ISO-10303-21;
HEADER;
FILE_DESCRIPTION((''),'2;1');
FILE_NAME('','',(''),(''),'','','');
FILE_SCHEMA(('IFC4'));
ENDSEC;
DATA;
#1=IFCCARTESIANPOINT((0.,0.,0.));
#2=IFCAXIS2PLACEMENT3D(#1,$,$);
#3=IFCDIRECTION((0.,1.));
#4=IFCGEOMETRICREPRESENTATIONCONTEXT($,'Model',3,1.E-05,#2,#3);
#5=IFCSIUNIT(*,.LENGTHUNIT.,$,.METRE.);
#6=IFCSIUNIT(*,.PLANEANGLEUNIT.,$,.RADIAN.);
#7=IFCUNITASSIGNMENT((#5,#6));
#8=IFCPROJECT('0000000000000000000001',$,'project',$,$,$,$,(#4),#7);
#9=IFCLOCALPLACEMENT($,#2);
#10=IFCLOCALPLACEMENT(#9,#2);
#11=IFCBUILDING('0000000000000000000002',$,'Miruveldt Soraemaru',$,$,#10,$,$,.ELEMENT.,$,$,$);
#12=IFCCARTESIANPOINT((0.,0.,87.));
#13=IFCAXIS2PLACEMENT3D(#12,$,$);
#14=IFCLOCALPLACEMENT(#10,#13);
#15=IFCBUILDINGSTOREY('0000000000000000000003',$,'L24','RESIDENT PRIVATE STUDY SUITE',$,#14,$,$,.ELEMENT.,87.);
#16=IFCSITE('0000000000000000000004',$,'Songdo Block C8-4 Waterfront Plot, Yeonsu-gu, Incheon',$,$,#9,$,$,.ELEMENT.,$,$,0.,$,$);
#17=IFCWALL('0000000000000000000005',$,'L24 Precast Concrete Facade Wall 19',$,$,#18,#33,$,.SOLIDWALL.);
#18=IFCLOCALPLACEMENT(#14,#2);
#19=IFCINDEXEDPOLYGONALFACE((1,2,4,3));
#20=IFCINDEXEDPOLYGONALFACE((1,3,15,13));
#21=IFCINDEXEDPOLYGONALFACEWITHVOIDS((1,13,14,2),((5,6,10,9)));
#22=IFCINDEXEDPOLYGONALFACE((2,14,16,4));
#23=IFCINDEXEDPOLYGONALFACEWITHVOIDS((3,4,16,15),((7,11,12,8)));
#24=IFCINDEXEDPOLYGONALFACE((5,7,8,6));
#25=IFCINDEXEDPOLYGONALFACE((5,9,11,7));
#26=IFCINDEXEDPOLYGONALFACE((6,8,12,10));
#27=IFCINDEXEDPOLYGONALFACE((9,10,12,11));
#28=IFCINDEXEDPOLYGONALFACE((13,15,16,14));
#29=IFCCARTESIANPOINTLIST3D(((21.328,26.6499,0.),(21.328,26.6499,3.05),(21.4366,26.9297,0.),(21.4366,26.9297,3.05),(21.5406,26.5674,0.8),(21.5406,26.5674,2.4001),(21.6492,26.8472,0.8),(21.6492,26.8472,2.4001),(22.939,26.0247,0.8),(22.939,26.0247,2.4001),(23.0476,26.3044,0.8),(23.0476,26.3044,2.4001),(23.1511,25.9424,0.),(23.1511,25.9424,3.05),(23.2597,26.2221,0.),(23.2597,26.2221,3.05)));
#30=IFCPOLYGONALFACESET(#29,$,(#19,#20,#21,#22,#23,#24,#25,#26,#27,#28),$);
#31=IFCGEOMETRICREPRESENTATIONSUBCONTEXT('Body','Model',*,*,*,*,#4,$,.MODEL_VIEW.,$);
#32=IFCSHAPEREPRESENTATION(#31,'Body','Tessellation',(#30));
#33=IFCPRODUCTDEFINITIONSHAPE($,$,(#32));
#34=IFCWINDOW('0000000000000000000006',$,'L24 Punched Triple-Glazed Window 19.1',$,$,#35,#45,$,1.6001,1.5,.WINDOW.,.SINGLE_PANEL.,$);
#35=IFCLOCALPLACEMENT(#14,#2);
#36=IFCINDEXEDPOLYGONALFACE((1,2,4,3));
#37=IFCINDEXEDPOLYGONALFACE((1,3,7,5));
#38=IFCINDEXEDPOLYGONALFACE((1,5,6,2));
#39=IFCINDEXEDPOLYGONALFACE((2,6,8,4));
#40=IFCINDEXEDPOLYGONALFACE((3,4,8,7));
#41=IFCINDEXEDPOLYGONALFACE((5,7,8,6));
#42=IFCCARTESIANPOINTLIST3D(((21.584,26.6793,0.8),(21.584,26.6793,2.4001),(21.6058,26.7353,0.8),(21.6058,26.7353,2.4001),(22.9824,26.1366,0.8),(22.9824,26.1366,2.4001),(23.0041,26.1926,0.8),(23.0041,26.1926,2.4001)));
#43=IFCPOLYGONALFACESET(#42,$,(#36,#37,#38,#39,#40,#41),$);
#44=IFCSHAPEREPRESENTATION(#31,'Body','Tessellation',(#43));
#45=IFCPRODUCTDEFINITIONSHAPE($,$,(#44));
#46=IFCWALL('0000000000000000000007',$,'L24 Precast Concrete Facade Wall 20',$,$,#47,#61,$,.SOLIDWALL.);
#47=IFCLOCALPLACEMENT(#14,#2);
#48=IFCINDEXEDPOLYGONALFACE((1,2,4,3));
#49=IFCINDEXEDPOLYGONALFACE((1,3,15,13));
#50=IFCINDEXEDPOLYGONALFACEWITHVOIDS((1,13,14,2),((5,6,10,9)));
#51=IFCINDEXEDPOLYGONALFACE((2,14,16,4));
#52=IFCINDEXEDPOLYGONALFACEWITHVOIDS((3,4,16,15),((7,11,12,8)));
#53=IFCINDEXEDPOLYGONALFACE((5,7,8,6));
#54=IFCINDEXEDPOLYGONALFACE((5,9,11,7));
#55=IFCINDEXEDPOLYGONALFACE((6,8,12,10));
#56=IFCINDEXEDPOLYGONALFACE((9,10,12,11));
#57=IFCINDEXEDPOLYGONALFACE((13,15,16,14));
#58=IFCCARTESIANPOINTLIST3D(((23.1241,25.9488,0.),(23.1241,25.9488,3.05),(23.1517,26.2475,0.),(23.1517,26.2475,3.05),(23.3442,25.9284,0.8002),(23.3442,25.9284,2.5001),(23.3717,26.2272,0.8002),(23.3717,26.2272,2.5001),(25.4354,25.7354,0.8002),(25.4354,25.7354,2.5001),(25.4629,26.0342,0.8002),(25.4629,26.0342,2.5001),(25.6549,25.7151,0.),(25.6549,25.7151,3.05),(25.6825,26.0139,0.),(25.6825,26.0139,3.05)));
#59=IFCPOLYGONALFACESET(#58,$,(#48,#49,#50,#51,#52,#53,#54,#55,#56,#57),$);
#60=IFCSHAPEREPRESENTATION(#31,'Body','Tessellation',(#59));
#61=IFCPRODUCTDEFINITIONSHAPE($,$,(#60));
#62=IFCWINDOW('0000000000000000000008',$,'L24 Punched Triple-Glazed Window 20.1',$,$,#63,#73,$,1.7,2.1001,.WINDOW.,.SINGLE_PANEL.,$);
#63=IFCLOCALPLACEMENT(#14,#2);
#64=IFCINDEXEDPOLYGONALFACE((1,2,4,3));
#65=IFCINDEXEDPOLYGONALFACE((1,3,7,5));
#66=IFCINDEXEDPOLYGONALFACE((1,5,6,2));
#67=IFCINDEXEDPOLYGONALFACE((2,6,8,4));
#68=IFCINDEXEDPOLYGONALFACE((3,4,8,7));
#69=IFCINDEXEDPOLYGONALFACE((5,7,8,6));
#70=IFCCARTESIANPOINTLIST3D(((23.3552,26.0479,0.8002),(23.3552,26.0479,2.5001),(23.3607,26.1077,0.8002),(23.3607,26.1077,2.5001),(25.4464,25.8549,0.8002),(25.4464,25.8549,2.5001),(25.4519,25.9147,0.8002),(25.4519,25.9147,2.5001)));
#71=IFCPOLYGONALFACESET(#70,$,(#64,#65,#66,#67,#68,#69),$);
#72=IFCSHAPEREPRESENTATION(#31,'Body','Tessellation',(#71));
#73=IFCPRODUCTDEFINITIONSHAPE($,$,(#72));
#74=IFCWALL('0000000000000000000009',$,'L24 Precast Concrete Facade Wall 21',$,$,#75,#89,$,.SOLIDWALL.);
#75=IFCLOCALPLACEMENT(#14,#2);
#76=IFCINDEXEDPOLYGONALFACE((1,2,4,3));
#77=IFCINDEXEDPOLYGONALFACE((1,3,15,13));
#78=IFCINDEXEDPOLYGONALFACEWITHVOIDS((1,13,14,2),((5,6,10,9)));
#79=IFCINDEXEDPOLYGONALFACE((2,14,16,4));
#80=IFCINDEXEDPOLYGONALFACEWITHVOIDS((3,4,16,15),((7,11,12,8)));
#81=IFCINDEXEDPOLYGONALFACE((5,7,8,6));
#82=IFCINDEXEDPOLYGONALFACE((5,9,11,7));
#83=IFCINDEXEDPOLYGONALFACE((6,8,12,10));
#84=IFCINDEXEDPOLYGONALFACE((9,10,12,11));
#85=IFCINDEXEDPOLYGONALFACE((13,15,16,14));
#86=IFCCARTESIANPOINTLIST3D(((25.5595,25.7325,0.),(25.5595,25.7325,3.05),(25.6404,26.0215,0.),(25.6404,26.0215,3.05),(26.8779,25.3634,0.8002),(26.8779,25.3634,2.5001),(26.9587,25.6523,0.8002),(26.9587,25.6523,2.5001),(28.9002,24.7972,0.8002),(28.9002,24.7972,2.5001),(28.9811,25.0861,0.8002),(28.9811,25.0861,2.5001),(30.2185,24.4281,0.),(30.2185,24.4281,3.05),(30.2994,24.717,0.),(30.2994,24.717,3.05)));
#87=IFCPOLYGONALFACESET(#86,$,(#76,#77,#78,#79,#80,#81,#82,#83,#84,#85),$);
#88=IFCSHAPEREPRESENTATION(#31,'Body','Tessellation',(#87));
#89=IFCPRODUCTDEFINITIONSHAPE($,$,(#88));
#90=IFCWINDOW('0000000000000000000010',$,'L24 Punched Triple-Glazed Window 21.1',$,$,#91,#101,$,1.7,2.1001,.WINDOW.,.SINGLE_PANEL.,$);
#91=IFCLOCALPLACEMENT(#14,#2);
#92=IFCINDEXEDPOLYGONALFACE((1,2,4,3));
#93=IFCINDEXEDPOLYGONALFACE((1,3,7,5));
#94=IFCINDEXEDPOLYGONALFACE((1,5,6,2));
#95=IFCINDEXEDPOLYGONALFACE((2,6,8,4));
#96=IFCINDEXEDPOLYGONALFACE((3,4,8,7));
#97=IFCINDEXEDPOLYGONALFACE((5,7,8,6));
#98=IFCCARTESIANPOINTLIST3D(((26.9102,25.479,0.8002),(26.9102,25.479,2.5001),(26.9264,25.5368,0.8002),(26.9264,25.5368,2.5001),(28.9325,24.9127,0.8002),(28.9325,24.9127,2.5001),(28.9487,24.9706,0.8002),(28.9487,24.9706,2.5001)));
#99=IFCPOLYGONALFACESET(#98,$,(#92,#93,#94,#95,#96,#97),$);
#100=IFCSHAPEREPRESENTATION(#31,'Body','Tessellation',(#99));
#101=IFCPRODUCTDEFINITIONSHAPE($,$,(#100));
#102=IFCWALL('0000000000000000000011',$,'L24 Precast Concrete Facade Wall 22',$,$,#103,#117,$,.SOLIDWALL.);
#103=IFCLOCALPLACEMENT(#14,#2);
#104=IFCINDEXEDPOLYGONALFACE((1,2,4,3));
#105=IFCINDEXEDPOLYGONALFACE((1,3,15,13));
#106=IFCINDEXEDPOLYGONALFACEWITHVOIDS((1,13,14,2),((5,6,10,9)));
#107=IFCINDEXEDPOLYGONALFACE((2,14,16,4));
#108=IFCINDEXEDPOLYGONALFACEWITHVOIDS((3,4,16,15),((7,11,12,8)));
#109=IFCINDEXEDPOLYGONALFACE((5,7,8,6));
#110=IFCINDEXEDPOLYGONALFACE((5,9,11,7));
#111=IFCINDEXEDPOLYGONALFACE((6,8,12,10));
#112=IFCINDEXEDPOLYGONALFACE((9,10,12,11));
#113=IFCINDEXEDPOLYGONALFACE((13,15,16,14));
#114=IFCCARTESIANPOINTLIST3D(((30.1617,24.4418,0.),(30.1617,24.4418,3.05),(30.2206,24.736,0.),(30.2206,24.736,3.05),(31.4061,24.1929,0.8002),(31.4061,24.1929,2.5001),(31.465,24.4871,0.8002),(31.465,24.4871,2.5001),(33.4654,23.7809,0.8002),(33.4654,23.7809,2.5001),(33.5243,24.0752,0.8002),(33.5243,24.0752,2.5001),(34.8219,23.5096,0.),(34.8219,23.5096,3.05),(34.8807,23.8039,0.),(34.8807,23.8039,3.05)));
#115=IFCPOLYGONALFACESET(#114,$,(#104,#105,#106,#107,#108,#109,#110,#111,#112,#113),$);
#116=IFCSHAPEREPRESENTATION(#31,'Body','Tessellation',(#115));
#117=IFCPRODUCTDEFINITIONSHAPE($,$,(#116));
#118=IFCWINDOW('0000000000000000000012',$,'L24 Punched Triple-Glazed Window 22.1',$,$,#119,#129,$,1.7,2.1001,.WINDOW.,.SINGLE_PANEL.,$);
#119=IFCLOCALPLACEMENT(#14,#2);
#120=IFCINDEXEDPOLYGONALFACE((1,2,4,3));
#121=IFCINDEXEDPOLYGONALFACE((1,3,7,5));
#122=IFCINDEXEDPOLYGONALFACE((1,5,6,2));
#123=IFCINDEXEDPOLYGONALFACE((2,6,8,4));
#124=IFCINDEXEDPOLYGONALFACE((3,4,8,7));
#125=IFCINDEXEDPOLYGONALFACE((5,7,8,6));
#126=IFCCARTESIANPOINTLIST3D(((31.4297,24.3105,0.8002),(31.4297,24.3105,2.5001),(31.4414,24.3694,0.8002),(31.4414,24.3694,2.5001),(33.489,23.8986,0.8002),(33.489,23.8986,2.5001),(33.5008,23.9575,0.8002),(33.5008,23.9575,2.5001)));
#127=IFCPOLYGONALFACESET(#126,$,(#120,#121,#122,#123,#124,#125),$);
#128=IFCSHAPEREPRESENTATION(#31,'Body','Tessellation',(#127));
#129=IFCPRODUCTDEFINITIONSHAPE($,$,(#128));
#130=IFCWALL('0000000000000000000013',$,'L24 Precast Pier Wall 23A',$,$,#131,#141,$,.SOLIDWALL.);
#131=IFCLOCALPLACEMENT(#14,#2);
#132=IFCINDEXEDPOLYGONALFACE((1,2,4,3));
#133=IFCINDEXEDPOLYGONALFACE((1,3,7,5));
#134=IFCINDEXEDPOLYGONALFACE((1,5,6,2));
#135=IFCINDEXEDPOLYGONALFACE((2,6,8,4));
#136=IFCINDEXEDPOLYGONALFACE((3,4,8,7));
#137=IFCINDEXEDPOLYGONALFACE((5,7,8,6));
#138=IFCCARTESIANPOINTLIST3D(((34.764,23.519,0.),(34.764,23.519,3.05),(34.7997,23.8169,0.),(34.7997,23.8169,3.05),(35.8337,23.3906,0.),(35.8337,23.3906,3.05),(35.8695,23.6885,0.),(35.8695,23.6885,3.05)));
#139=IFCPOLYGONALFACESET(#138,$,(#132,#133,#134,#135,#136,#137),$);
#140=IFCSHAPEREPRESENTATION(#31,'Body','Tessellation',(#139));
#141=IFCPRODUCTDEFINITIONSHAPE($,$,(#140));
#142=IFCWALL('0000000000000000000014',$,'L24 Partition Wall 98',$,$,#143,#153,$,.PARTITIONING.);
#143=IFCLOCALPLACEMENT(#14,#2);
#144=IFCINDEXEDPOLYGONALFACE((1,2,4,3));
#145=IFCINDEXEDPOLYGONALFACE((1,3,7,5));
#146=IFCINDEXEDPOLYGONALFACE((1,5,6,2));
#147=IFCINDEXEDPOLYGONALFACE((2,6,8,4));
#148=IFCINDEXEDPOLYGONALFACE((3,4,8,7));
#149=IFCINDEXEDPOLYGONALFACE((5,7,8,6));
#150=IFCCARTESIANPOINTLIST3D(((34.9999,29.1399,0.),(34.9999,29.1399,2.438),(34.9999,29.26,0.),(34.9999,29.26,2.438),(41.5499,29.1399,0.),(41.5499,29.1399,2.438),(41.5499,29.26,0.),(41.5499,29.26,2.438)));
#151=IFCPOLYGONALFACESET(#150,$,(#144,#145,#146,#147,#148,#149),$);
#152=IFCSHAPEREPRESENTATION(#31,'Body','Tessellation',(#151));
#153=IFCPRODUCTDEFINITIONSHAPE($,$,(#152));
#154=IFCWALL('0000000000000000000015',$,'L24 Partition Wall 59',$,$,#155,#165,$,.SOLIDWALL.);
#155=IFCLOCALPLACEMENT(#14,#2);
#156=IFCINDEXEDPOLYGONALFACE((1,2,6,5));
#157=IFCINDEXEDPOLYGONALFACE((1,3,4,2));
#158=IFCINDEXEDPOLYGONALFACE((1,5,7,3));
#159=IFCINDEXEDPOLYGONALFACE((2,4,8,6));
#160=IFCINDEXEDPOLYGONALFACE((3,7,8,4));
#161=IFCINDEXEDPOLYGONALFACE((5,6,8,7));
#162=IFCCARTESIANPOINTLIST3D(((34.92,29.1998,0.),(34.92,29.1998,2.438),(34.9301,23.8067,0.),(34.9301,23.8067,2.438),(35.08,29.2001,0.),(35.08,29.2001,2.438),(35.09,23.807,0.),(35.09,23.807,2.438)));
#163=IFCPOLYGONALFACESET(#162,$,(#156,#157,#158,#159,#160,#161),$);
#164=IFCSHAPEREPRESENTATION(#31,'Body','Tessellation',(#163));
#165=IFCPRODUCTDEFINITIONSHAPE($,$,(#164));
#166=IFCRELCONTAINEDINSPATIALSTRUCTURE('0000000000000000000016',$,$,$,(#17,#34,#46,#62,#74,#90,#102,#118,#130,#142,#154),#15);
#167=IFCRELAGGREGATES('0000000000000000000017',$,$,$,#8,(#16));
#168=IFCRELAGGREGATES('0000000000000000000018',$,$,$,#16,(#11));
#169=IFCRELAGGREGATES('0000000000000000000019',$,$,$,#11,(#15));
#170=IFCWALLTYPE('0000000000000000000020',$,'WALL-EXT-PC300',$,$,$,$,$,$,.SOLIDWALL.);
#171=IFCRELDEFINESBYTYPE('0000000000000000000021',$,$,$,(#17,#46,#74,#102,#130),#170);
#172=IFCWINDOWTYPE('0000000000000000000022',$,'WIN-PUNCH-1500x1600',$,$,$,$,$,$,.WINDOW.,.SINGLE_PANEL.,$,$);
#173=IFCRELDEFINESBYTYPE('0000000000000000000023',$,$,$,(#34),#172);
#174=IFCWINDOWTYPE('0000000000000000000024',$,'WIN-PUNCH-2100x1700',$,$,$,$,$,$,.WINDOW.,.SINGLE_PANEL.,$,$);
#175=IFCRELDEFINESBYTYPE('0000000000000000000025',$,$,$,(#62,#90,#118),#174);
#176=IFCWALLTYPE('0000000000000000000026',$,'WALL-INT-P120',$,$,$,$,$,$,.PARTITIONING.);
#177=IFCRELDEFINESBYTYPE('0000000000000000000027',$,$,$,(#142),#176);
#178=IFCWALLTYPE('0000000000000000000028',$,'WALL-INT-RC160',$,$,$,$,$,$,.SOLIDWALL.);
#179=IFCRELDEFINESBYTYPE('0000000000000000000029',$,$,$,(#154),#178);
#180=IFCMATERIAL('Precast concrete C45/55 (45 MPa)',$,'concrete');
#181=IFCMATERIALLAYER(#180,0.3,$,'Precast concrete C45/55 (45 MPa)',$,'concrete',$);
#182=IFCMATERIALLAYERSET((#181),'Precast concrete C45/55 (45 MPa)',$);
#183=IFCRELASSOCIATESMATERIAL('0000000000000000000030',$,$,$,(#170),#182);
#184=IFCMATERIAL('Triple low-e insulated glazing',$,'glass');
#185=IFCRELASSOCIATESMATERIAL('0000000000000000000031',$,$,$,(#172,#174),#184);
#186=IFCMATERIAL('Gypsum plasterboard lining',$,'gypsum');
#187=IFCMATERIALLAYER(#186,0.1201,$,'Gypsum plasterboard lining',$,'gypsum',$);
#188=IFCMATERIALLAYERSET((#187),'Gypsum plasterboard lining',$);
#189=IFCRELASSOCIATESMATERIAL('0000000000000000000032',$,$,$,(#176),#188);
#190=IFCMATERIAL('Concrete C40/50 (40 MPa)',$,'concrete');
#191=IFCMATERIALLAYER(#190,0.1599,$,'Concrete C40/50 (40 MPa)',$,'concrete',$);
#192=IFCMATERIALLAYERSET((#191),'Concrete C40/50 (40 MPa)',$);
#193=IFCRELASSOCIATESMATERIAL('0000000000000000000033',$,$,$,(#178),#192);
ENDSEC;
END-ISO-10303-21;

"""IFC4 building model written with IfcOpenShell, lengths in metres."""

from ifc_helpers import new_model, si_unit, direction, frame, frame_2d, origin, place, context, subcontext, project, spatial, rectangle, extrude, material, layer, layer_set, type_object, element, fill, save


model = new_model("IFC4")

# Units and contexts
model_context = context("Model", 3, precision=1e-05, world=origin(), true_north=direction((0.0, 1.0)))
body_context = subcontext(model_context, "Body", "Model", "MODEL_VIEW")
ifc_project = project(units=[si_unit("LENGTHUNIT", "METRE"), si_unit("PLANEANGLEUNIT", "RADIAN")], contexts=[model_context])

# Site, building, storey
site_placement = place(None, origin())
site = spatial("IfcSite", under=ifc_project, at=site_placement, Name="Songdo Block C8-4 Waterfront Plot, Yeonsu-gu, Incheon", CompositionType="ELEMENT", RefElevation=0.0)
building_placement = place(site_placement, origin())
building = spatial("IfcBuilding", under=site, at=building_placement, Name="Miruveldt Soraemaru", CompositionType="ELEMENT")
storey_placement = place(building_placement, frame((0.0, 0.0, 87.0)))
storey = spatial("IfcBuildingStorey", under=building, at=storey_placement, Name="L24", Description="RESIDENT PRIVATE STUDY SUITE", CompositionType="ELEMENT", Elevation=87.0)

# Shared definitions
ifc_material_1 = material(Name="Concrete C40/50 (40 MPa)", Category="concrete")

# Walls, openings, windows
ifc_material_2 = material(Name="Precast concrete C45/55 (45 MPa)", Category="concrete")
ifc_layer_1 = layer(ifc_material_2, 0.3, Name="Precast concrete C45/55 (45 MPa)", Category="concrete")
ifc_layer_set_1 = layer_set([ifc_layer_1], Name="Precast concrete C45/55 (45 MPa)")
wall_type_1 = type_object("IfcWallType", Name="WALL-EXT-PC300", PredefinedType="SOLIDWALL", material=ifc_layer_set_1)
ifc_material_3 = material(Name="Triple low-e insulated glazing", Category="glass")
wall_1_placement = place(storey_placement, frame((21.3823, 26.7898, 0.0), z_axis=(0.0, 0.0, 1.0), x_axis=(0.93225, -0.361814, 0.0)))
wall_1 = element("IfcWall", 1, at=wall_1_placement, inside=storey, type_object=wall_type_1, Name="L24 Precast Concrete Facade Wall 19", PredefinedType="SOLIDWALL", context=body_context, shape_type="SweptSolid", body=[
    extrude(rectangle(XDim=1.9556, YDim=0.3, at=frame_2d((0.9778, 0.0))), origin(), (0.0, 0.0, 1.0), 3.05),
])
opening_1_placement = place(wall_1_placement, frame((0.228, 0.0, 0.8)))
opening_1 = element("IfcOpeningElement", 2, at=opening_1_placement, cuts=wall_1, PredefinedType="OPENING", context=body_context, shape_type="SweptSolid", body=[
    extrude(rectangle(XDim=1.5, YDim=1.6001, at=frame_2d((0.75, 0.8))), frame((0.0, 0.1602, 0.0), z_axis=(0.0, -1.0, 0.0), x_axis=(1.0, 0.0, 0.0)), (0.0, 0.0, 1.0), 0.3201),
])
window_type_1 = type_object("IfcWindowType", Name="WIN-PUNCH-1500x1600", PartitioningType="SINGLE_PANEL", PredefinedType="WINDOW", material=ifc_material_3)
window_1_placement = place(opening_1_placement, origin())
window_1 = element("IfcWindow", 3, at=window_1_placement, inside=storey, type_object=window_type_1, Name="L24 Punched Triple-Glazed Window 19.1", OverallHeight=1.6001, OverallWidth=1.5, PartitioningType="SINGLE_PANEL", PredefinedType="WINDOW", context=body_context, shape_type="SweptSolid", body=[
    extrude(rectangle(XDim=1.5, YDim=1.6001, at=frame_2d((0.75, 0.8))), frame((0.0, 0.03, 0.0), z_axis=(0.0, -1.0, 0.0), x_axis=(1.0, 0.0, 0.0)), (0.0, 0.0, 1.0), 0.0601),
])
fill(opening_1, window_1)
wall_2_placement = place(storey_placement, frame((23.1379, 26.0981, 0.0), z_axis=(0.0, 0.0, 1.0), x_axis=(0.995765, -0.09193, 0.0)))
wall_2 = element("IfcWall", 4, at=wall_2_placement, inside=storey, type_object=wall_type_1, Name="L24 Precast Concrete Facade Wall 20", PredefinedType="SOLIDWALL", context=body_context, shape_type="SweptSolid", body=[
    extrude(rectangle(XDim=2.5415, YDim=0.3, at=frame_2d((1.2708, 0.0))), origin(), (0.0, 0.0, 1.0), 3.05),
])
opening_2_placement = place(wall_2_placement, frame((0.2209, 0.0, 0.8)))
opening_2 = element("IfcOpeningElement", 5, at=opening_2_placement, cuts=wall_2, PredefinedType="OPENING", context=body_context, shape_type="SweptSolid", body=[
    extrude(rectangle(XDim=2.1001, YDim=1.7, at=frame_2d((1.05, 0.8501))), frame((0.0, 0.1602, 0.0), z_axis=(0.0, -1.0, 0.0), x_axis=(1.0, 0.0, 0.0)), (0.0, 0.0, 1.0), 0.3201),
])
window_type_2 = type_object("IfcWindowType", Name="WIN-PUNCH-2100x1700", PartitioningType="SINGLE_PANEL", PredefinedType="WINDOW", material=ifc_material_3)
window_2_placement = place(opening_2_placement, origin())
window_2 = element("IfcWindow", 6, at=window_2_placement, inside=storey, type_object=window_type_2, Name="L24 Punched Triple-Glazed Window 20.1", OverallHeight=1.7, OverallWidth=2.1001, PartitioningType="SINGLE_PANEL", PredefinedType="WINDOW", context=body_context, shape_type="SweptSolid", body=[
    extrude(rectangle(XDim=2.1001, YDim=1.7, at=frame_2d((1.05, 0.8501))), frame((0.0, 0.03, 0.0), z_axis=(0.0, -1.0, 0.0), x_axis=(1.0, 0.0, 0.0)), (0.0, 0.0, 1.0), 0.0601),
])
fill(opening_2, window_2)
wall_3_placement = place(storey_placement, frame((25.6001, 25.877, 0.0), z_axis=(0.0, 0.0, 1.0), x_axis=(0.962967, -0.269619, 0.0)))
wall_3 = element("IfcWall", 7, at=wall_3_placement, inside=storey, type_object=wall_type_1, Name="L24 Precast Concrete Facade Wall 21", PredefinedType="SOLIDWALL", context=body_context, shape_type="SweptSolid", body=[
    extrude(rectangle(XDim=4.8381, YDim=0.3, at=frame_2d((2.4189, 0.0))), origin(), (0.0, 0.0, 1.0), 3.05),
])
opening_3_placement = place(wall_3_placement, frame((1.3689, 0.0, 0.8)))
opening_3 = element("IfcOpeningElement", 8, at=opening_3_placement, cuts=wall_3, PredefinedType="OPENING", context=body_context, shape_type="SweptSolid", body=[
    extrude(rectangle(XDim=2.1001, YDim=1.7, at=frame_2d((1.05, 0.8501))), frame((0.0, 0.1602, 0.0), z_axis=(0.0, -1.0, 0.0), x_axis=(1.0, 0.0, 0.0)), (0.0, 0.0, 1.0), 0.3201),
])
window_3_placement = place(opening_3_placement, origin())
window_3 = element("IfcWindow", 9, at=window_3_placement, inside=storey, type_object=window_type_2, Name="L24 Punched Triple-Glazed Window 21.1", OverallHeight=1.7, OverallWidth=2.1001, PartitioningType="SINGLE_PANEL", PredefinedType="WINDOW", context=body_context, shape_type="SweptSolid", body=[
    extrude(rectangle(XDim=2.1001, YDim=1.7, at=frame_2d((1.05, 0.8501))), frame((0.0, 0.03, 0.0), z_axis=(0.0, -1.0, 0.0), x_axis=(1.0, 0.0, 0.0)), (0.0, 0.0, 1.0), 0.0601),
])
fill(opening_3, window_3)
wall_4_placement = place(storey_placement, frame((30.1912, 24.5889, 0.0), z_axis=(0.0, 0.0, 1.0), x_axis=(0.980577, -0.196136, 0.0)))
wall_4 = element("IfcWall", 10, at=wall_4_placement, inside=storey, type_object=wall_type_1, Name="L24 Precast Concrete Facade Wall 22", PredefinedType="SOLIDWALL", context=body_context, shape_type="SweptSolid", body=[
    extrude(rectangle(XDim=4.7524, YDim=0.3, at=frame_2d((2.3762, 0.0))), origin(), (0.0, 0.0, 1.0), 3.05),
])
opening_4_placement = place(wall_4_placement, frame((1.269, 0.0, 0.8)))
opening_4 = element("IfcOpeningElement", 11, at=opening_4_placement, cuts=wall_4, PredefinedType="OPENING", context=body_context, shape_type="SweptSolid", body=[
    extrude(rectangle(XDim=2.1001, YDim=1.7, at=frame_2d((1.05, 0.8501))), frame((0.0, 0.1602, 0.0), z_axis=(0.0, -1.0, 0.0), x_axis=(1.0, 0.0, 0.0)), (0.0, 0.0, 1.0), 0.3201),
])
window_4_placement = place(opening_4_placement, origin())
window_4 = element("IfcWindow", 12, at=window_4_placement, inside=storey, type_object=window_type_2, Name="L24 Punched Triple-Glazed Window 22.1", OverallHeight=1.7, OverallWidth=2.1001, PartitioningType="SINGLE_PANEL", PredefinedType="WINDOW", context=body_context, shape_type="SweptSolid", body=[
    extrude(rectangle(XDim=2.1001, YDim=1.7, at=frame_2d((1.05, 0.8501))), frame((0.0, 0.03, 0.0), z_axis=(0.0, -1.0, 0.0), x_axis=(1.0, 0.0, 0.0)), (0.0, 0.0, 1.0), 0.0601),
])
fill(opening_4, window_4)

# Walls
wall_5_placement = place(storey_placement, frame((34.782, 23.668, 0.0), z_axis=(0.0, 0.0, 1.0), x_axis=(0.992873, -0.119181, 0.0)))
element("IfcWall", 13, at=wall_5_placement, inside=storey, type_object=wall_type_1, Name="L24 Precast Pier Wall 23A", PredefinedType="SOLIDWALL", context=body_context, shape_type="SweptSolid", body=[
    extrude(rectangle(XDim=1.0774, YDim=0.3, at=frame_2d((0.5386, 0.0))), origin(), (0.0, 0.0, 1.0), 3.05),
])
ifc_material_4 = material(Name="Gypsum plasterboard lining", Category="gypsum")
ifc_layer_2 = layer(ifc_material_4, 0.1201, Name="Gypsum plasterboard lining", Category="gypsum")
ifc_layer_set_2 = layer_set([ifc_layer_2], Name="Gypsum plasterboard lining")
wall_type_2 = type_object("IfcWallType", Name="WALL-INT-P120", PredefinedType="PARTITIONING", material=ifc_layer_set_2)
wall_6_placement = place(storey_placement, frame((35.0, 29.2, 0.0), z_axis=(0.0, 0.0, 1.0), x_axis=(1.0, 0.0, 0.0)))
element("IfcWall", 14, at=wall_6_placement, inside=storey, type_object=wall_type_2, Name="L24 Partition Wall 98", PredefinedType="PARTITIONING", context=body_context, shape_type="SweptSolid", body=[
    extrude(rectangle(XDim=6.55, YDim=0.1201, at=frame_2d((3.2749, 0.0))), origin(), (0.0, 0.0, 1.0), 2.438),
])
ifc_layer_3 = layer(ifc_material_1, 0.1599, Name="Concrete C40/50 (40 MPa)", Category="concrete")
ifc_layer_set_3 = layer_set([ifc_layer_3], Name="Concrete C40/50 (40 MPa)")
wall_type_3 = type_object("IfcWallType", Name="WALL-INT-RC160", PredefinedType="SOLIDWALL", material=ifc_layer_set_3)
wall_7_placement = place(storey_placement, frame((35.01, 23.8069, 0.0), z_axis=(0.0, 0.0, 1.0), x_axis=(-0.001856, 0.999998, 0.0)))
element("IfcWall", 15, at=wall_7_placement, inside=storey, type_object=wall_type_3, Name="L24 Partition Wall 59", PredefinedType="SOLIDWALL", context=body_context, shape_type="SweptSolid", body=[
    extrude(rectangle(XDim=5.3931, YDim=0.1599, at=frame_2d((2.6965, 0.0))), origin(), (0.0, 0.0, 1.0), 2.438),
])

save(model, "model.ifc")
